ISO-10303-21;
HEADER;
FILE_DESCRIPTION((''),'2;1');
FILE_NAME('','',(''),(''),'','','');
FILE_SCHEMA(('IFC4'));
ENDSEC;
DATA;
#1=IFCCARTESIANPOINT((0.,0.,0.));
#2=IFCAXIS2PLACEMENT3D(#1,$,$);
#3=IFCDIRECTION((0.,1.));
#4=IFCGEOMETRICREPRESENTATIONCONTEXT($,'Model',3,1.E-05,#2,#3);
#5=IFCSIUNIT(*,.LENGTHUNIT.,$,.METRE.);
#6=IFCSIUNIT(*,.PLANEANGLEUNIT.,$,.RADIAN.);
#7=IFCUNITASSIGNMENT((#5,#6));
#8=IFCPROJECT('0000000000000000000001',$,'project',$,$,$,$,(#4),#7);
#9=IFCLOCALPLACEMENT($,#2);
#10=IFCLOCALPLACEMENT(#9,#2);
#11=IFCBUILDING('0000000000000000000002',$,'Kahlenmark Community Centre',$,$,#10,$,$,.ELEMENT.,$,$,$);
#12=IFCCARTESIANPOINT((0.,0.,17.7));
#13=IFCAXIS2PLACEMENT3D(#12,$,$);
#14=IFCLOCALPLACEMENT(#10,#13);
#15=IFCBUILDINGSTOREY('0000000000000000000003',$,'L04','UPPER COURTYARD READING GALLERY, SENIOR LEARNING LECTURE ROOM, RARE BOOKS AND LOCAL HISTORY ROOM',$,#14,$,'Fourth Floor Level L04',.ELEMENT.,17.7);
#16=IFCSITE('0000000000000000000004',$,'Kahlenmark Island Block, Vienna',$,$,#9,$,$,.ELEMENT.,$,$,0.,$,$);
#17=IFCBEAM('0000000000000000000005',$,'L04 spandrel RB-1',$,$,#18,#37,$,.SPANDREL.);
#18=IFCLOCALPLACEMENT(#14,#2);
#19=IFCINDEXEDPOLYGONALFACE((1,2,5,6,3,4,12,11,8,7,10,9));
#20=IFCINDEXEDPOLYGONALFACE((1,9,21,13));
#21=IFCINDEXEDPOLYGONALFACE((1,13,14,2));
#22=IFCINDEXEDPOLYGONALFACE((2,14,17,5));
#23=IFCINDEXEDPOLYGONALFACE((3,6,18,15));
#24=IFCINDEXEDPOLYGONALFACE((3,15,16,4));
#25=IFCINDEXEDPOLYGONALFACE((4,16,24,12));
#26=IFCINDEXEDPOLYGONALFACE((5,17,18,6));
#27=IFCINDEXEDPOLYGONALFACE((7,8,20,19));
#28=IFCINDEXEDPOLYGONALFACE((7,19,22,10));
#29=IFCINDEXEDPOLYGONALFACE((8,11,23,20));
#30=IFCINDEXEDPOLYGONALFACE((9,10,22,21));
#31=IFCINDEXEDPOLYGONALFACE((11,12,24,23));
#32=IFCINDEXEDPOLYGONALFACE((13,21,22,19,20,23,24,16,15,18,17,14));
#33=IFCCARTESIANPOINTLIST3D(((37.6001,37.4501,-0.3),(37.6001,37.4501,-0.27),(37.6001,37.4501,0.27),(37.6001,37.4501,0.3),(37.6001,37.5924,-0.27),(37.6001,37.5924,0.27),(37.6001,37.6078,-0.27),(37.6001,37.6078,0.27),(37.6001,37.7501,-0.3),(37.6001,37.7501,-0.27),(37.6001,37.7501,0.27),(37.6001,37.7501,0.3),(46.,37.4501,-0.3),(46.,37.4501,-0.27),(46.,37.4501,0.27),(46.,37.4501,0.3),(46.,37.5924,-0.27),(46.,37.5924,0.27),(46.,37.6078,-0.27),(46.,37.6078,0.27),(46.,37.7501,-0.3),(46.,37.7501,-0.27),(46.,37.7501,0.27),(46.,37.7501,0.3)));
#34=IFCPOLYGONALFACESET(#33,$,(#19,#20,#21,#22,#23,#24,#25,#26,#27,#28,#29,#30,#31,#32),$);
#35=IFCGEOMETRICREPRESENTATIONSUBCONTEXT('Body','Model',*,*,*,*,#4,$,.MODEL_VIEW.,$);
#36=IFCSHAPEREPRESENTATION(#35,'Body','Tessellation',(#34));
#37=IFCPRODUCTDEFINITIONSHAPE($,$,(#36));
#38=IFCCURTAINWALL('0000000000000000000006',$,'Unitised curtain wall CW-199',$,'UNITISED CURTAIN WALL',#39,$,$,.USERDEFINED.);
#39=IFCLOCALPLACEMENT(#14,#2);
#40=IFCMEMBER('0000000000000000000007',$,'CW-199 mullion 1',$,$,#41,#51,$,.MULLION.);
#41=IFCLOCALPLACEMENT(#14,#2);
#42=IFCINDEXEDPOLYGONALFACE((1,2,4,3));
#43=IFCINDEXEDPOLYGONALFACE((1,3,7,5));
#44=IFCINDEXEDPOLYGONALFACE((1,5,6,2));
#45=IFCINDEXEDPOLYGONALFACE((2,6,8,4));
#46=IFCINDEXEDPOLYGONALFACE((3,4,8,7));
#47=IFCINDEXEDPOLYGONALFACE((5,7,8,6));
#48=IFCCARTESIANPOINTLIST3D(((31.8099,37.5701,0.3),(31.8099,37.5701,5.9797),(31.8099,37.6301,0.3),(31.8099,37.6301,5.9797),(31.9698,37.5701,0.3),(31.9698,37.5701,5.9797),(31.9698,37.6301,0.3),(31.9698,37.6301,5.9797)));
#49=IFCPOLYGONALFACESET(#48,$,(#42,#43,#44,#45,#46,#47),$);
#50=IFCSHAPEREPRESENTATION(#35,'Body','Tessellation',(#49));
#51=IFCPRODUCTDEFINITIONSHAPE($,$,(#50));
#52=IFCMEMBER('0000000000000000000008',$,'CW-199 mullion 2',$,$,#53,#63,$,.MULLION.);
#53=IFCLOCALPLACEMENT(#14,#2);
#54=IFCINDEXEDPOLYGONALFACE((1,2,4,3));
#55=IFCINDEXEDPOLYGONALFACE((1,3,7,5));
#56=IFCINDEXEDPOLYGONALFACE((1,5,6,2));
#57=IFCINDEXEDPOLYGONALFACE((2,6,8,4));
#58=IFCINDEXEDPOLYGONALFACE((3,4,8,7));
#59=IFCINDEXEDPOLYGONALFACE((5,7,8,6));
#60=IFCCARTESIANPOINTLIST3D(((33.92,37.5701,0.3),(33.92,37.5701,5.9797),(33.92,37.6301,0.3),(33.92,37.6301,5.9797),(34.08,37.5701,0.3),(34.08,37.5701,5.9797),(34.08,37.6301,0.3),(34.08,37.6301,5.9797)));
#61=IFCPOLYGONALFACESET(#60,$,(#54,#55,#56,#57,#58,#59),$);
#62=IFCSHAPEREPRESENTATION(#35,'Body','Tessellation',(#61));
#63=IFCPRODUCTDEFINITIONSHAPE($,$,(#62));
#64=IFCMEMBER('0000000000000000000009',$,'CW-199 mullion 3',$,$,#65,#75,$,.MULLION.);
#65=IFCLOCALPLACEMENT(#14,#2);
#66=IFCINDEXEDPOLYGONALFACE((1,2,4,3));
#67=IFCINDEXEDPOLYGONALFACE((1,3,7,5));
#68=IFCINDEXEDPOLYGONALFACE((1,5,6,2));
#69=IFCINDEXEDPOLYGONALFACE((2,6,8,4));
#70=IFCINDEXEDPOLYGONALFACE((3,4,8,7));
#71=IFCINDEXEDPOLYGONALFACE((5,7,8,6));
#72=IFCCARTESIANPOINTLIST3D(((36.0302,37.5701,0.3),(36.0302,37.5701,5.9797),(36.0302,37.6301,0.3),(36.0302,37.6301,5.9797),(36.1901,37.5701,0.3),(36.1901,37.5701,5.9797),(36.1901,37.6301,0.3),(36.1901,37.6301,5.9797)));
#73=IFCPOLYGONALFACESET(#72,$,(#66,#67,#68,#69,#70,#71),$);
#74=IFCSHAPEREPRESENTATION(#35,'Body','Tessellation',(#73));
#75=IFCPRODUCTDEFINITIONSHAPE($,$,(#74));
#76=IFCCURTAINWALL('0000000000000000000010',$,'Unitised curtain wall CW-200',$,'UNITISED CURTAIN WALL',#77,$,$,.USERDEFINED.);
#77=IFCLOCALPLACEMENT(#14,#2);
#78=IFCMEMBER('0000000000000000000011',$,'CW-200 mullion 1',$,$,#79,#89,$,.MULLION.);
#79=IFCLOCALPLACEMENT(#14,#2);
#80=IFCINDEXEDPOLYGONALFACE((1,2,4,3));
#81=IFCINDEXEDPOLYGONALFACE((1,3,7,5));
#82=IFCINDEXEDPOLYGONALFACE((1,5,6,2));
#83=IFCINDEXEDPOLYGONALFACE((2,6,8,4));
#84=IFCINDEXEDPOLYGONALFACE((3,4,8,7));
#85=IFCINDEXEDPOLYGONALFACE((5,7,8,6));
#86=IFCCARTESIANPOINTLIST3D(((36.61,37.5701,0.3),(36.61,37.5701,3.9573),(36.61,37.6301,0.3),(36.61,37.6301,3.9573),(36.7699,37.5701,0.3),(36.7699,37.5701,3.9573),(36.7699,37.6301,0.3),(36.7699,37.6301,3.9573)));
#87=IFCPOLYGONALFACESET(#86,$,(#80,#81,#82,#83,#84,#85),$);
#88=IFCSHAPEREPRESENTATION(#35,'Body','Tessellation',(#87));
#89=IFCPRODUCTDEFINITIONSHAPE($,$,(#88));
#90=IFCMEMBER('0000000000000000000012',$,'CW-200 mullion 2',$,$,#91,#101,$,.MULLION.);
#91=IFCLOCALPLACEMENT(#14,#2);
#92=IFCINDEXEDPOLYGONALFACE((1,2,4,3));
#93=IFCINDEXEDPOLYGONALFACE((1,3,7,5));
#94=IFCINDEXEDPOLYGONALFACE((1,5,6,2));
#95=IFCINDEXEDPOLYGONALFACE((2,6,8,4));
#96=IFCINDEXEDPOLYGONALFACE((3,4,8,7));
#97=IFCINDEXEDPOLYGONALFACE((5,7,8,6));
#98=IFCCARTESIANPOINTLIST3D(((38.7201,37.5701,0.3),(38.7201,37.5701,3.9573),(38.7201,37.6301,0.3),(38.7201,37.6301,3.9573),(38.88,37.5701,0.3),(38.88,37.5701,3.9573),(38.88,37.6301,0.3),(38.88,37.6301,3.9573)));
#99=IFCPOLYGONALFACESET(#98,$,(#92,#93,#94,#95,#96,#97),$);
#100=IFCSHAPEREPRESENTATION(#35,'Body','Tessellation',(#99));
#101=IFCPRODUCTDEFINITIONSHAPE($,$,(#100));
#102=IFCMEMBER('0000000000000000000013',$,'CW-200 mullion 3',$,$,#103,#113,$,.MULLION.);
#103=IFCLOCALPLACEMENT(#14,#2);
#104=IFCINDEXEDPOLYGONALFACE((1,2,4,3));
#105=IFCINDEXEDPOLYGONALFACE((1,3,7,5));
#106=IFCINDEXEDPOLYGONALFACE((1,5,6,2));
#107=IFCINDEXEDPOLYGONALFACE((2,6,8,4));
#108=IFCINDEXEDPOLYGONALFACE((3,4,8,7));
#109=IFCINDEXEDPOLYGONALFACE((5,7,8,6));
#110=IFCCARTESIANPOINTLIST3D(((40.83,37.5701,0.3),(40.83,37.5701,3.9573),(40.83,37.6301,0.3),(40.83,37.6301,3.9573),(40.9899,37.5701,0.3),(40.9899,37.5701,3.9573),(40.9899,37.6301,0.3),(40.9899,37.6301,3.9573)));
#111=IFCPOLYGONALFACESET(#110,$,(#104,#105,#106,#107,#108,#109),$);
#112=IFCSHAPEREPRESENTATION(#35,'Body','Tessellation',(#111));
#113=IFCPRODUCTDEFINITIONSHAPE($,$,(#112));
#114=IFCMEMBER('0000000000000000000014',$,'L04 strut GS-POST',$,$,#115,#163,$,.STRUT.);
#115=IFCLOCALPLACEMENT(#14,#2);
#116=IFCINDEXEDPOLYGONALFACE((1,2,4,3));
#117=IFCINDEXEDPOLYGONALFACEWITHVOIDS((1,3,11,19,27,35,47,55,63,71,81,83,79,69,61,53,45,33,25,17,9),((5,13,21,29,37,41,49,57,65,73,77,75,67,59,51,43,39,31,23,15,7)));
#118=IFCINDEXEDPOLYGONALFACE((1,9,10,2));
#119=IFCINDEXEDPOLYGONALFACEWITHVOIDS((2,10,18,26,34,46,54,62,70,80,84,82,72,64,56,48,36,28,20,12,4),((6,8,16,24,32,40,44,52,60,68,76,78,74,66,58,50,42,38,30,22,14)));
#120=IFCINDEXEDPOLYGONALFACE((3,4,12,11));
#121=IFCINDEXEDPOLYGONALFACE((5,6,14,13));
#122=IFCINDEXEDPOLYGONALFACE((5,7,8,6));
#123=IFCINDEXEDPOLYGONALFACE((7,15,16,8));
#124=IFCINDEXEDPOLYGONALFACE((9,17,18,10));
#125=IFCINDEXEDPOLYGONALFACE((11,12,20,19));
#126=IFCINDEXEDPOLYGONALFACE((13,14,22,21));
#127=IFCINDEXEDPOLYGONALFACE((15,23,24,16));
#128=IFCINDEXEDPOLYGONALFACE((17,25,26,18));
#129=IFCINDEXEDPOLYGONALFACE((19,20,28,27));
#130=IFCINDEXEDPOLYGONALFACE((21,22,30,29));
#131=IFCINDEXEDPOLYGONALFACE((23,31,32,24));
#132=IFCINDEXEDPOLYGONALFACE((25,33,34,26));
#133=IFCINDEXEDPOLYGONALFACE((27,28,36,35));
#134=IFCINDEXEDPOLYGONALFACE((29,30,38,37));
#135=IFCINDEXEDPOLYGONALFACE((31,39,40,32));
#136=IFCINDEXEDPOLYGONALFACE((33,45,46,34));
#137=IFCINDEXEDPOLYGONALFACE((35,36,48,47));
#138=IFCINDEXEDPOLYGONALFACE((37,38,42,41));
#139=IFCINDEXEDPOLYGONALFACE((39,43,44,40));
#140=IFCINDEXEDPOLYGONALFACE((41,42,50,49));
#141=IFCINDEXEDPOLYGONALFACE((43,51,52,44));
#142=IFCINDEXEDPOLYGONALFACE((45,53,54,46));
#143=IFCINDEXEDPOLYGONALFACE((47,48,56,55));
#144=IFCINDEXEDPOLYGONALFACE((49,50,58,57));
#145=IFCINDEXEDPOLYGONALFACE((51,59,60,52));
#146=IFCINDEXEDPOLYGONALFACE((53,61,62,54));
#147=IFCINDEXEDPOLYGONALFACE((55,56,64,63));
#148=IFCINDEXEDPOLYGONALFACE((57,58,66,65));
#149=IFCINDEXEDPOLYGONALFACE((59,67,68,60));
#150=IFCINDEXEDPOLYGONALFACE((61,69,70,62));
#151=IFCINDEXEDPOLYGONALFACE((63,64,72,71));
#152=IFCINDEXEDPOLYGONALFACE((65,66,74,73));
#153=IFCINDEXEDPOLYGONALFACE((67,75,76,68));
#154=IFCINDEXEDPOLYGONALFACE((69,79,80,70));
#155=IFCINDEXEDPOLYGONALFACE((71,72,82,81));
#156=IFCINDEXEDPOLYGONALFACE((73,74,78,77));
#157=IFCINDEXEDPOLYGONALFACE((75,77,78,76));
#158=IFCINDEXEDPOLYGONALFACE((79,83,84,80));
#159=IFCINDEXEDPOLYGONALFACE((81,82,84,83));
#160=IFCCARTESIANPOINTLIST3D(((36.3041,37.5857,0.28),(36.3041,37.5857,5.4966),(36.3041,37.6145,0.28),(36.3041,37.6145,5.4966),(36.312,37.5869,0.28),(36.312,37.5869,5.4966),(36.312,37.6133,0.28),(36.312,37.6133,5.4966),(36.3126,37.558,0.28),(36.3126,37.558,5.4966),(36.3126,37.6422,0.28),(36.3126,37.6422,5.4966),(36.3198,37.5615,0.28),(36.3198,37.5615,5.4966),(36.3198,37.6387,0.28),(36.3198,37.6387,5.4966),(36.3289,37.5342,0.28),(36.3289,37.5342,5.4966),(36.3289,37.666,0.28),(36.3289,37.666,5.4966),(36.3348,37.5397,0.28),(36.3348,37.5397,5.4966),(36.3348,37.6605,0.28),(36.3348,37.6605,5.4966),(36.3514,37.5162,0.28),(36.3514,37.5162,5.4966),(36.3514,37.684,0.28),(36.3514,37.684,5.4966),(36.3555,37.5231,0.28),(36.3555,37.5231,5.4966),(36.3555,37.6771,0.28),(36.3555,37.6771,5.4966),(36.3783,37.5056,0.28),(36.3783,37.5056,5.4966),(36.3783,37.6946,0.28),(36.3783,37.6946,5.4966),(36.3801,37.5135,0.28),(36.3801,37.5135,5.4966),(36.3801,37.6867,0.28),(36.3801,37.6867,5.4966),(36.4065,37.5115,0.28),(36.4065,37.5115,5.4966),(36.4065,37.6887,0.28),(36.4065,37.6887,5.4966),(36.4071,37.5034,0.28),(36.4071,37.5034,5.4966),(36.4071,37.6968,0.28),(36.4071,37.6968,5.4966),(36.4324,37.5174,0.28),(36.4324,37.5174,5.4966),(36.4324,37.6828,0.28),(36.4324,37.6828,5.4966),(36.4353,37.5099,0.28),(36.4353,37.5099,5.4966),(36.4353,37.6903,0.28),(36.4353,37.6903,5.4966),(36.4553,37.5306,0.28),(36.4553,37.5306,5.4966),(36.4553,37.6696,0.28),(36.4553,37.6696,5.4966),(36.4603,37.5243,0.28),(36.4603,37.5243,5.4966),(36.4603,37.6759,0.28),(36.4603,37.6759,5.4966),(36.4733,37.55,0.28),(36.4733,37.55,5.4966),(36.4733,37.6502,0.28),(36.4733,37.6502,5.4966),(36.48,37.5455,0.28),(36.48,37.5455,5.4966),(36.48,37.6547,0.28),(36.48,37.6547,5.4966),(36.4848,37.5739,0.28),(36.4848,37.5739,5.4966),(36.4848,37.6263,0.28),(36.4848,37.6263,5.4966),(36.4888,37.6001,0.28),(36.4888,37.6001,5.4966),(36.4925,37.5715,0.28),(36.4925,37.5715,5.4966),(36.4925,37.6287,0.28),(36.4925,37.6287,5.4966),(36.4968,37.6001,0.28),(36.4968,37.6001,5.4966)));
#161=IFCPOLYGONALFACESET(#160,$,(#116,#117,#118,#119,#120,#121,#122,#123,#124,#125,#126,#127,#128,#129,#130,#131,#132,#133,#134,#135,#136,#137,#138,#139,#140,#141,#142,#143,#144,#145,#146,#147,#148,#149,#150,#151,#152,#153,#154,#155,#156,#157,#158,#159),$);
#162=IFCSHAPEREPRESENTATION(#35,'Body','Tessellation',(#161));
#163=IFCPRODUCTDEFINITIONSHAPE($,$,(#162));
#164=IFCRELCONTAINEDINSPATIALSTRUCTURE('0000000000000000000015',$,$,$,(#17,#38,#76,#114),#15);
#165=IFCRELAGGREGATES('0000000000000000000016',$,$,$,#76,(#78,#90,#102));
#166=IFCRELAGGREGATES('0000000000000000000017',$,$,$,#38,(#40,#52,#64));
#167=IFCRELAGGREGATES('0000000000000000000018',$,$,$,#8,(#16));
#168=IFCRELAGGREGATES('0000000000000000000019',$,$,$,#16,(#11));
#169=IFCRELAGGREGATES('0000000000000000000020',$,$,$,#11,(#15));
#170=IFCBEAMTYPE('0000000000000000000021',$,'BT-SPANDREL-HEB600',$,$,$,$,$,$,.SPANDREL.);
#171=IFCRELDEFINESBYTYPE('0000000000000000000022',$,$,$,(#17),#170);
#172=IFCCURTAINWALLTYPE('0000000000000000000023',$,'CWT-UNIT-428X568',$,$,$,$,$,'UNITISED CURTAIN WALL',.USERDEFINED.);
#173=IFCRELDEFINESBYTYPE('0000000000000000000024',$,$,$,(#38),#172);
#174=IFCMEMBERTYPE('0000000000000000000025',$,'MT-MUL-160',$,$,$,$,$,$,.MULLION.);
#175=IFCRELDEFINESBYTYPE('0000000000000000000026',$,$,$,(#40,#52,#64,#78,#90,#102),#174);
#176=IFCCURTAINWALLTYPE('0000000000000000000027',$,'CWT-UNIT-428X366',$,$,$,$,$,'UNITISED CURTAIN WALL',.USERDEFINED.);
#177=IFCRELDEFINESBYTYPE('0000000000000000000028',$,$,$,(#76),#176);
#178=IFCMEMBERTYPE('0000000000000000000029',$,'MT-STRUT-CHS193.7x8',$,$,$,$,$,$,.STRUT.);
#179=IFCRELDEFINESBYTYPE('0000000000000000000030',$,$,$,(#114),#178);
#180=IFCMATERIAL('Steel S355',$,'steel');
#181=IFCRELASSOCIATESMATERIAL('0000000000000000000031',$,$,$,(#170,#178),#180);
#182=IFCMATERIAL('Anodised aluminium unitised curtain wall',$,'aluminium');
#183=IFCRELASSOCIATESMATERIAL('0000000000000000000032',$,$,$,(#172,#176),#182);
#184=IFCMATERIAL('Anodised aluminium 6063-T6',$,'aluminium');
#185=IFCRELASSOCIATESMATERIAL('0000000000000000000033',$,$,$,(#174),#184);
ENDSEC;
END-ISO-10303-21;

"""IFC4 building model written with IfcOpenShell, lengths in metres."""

from ifc_helpers import new_model, si_unit, direction, frame, origin, origin_2d, place, context, subcontext, project, spatial, rectangle, hollow_circle, i_section, extrude, material, material_profile, profile_set, type_object, element, aggregate, save


model = new_model("IFC4")

# Units and contexts
model_context = context("Model", 3, precision=1e-05, world=origin(), true_north=direction((0.0, 1.0)))
body_context = subcontext(model_context, "Body", "Model", "MODEL_VIEW")
ifc_project = project(units=[si_unit("LENGTHUNIT", "METRE"), si_unit("PLANEANGLEUNIT", "RADIAN")], contexts=[model_context])

# Site, building, storey
site_placement = place(None, origin())
site = spatial("IfcSite", under=ifc_project, at=site_placement, Name="Kahlenmark Island Block, Vienna", CompositionType="ELEMENT", RefElevation=0.0)
building_placement = place(site_placement, origin())
building = spatial("IfcBuilding", under=site, at=building_placement, Name="Kahlenmark Community Centre", CompositionType="ELEMENT")
storey_placement = place(building_placement, frame((0.0, 0.0, 17.7)))
storey = spatial("IfcBuildingStorey", under=building, at=storey_placement, Name="L04", Description="UPPER COURTYARD READING GALLERY, SENIOR LEARNING LECTURE ROOM, RARE BOOKS AND LOCAL HISTORY ROOM", LongName="Fourth Floor Level L04", CompositionType="ELEMENT", Elevation=17.7)

# Beam
ifc_material_1 = material(Name="Steel S355", Category="steel")
ifc_material_profile_1 = material_profile(ifc_material_1, i_section(OverallWidth=0.3, OverallDepth=0.6001, WebThickness=0.0154, FlangeThickness=0.03, at=origin_2d()), Name="HEB 600")
ifc_profile_set_1 = profile_set([ifc_material_profile_1], Name="Steel S355")
beam_type = type_object("IfcBeamType", Name="BT-SPANDREL-HEB600", PredefinedType="SPANDREL", material=ifc_profile_set_1)
beam_placement = place(storey_placement, frame((37.6001, 37.6001, 0.0), z_axis=(1.0, 0.0, 0.0), x_axis=(0.0, 1.0, 0.0)))
element("IfcBeam", 1, at=beam_placement, inside=storey, type_object=beam_type, Name="L04 spandrel RB-1", PredefinedType="SPANDREL", context=body_context, shape_type="SweptSolid", body=[
    extrude(i_section(OverallWidth=0.3, OverallDepth=0.6001, WebThickness=0.0154, FlangeThickness=0.03, at=origin_2d()), origin(), (0.0, 0.0, 1.0), 8.3999),
])

# Curtain walls, members
ifc_material_2 = material(Name="Anodised aluminium unitised curtain wall", Category="aluminium")
curtain_wall_type_1 = type_object("IfcCurtainWallType", Name="CWT-UNIT-428X568", ElementType="UNITISED CURTAIN WALL", PredefinedType="USERDEFINED", material=ifc_material_2)
curtain_wall_1_placement = place(storey_placement, origin())
curtain_wall_1 = element("IfcCurtainWall", 2, at=curtain_wall_1_placement, inside=storey, type_object=curtain_wall_type_1, Name="Unitised curtain wall CW-199", ObjectType="UNITISED CURTAIN WALL", PredefinedType="USERDEFINED")
ifc_material_3 = material(Name="Anodised aluminium 6063-T6", Category="aluminium")
ifc_material_profile_2 = material_profile(ifc_material_3, rectangle(XDim=0.0601, YDim=0.1599, at=origin_2d()), Name="ALU MULLION 60x160")
ifc_profile_set_2 = profile_set([ifc_material_profile_2], Name="Anodised aluminium 6063-T6")
member_type_1 = type_object("IfcMemberType", Name="MT-MUL-160", PredefinedType="MULLION", material=ifc_profile_set_2)
member_1_placement = place(storey_placement, frame((31.8899, 37.6001, 0.3), z_axis=(0.0, 0.0, 1.0), x_axis=(0.0, 1.0, 0.0)))
member_1 = element("IfcMember", 3, at=member_1_placement, type_object=member_type_1, Name="CW-199 mullion 1", PredefinedType="MULLION", context=body_context, shape_type="SweptSolid", body=[
    extrude(rectangle(XDim=0.0601, YDim=0.1599, at=origin_2d()), origin(), (0.0, 0.0, 1.0), 5.6797),
])
member_2_placement = place(storey_placement, frame((34.0, 37.6001, 0.3), z_axis=(0.0, 0.0, 1.0), x_axis=(0.0, 1.0, 0.0)))
member_2 = element("IfcMember", 4, at=member_2_placement, type_object=member_type_1, Name="CW-199 mullion 2", PredefinedType="MULLION", context=body_context, shape_type="SweptSolid", body=[
    extrude(rectangle(XDim=0.0601, YDim=0.1599, at=origin_2d()), origin(), (0.0, 0.0, 1.0), 5.6797),
])
member_3_placement = place(storey_placement, frame((36.1101, 37.6001, 0.3), z_axis=(0.0, 0.0, 1.0), x_axis=(0.0, 1.0, 0.0)))
member_3 = element("IfcMember", 5, at=member_3_placement, type_object=member_type_1, Name="CW-199 mullion 3", PredefinedType="MULLION", context=body_context, shape_type="SweptSolid", body=[
    extrude(rectangle(XDim=0.0601, YDim=0.1599, at=origin_2d()), origin(), (0.0, 0.0, 1.0), 5.6797),
])
curtain_wall_type_2 = type_object("IfcCurtainWallType", Name="CWT-UNIT-428X366", ElementType="UNITISED CURTAIN WALL", PredefinedType="USERDEFINED", material=ifc_material_2)
curtain_wall_2_placement = place(storey_placement, origin())
curtain_wall_2 = element("IfcCurtainWall", 6, at=curtain_wall_2_placement, inside=storey, type_object=curtain_wall_type_2, Name="Unitised curtain wall CW-200", ObjectType="UNITISED CURTAIN WALL", PredefinedType="USERDEFINED")
member_4_placement = place(storey_placement, frame((36.6899, 37.6001, 0.3), z_axis=(0.0, 0.0, 1.0), x_axis=(0.0, 1.0, 0.0)))
member_4 = element("IfcMember", 7, at=member_4_placement, type_object=member_type_1, Name="CW-200 mullion 1", PredefinedType="MULLION", context=body_context, shape_type="SweptSolid", body=[
    extrude(rectangle(XDim=0.0601, YDim=0.1599, at=origin_2d()), origin(), (0.0, 0.0, 1.0), 3.6572),
])
member_5_placement = place(storey_placement, frame((38.8, 37.6001, 0.3), z_axis=(0.0, 0.0, 1.0), x_axis=(0.0, 1.0, 0.0)))
member_5 = element("IfcMember", 8, at=member_5_placement, type_object=member_type_1, Name="CW-200 mullion 2", PredefinedType="MULLION", context=body_context, shape_type="SweptSolid", body=[
    extrude(rectangle(XDim=0.0601, YDim=0.1599, at=origin_2d()), origin(), (0.0, 0.0, 1.0), 3.6572),
])
member_6_placement = place(storey_placement, frame((40.9099, 37.6001, 0.3), z_axis=(0.0, 0.0, 1.0), x_axis=(0.0, 1.0, 0.0)))
member_6 = element("IfcMember", 9, at=member_6_placement, type_object=member_type_1, Name="CW-200 mullion 3", PredefinedType="MULLION", context=body_context, shape_type="SweptSolid", body=[
    extrude(rectangle(XDim=0.0601, YDim=0.1599, at=origin_2d()), origin(), (0.0, 0.0, 1.0), 3.6572),
])

# Member
ifc_material_profile_3 = material_profile(ifc_material_1, hollow_circle(Radius=0.0969, WallThickness=0.0081, at=origin_2d()), Name="CHS 193.7x8")
ifc_profile_set_3 = profile_set([ifc_material_profile_3], Name="Steel S355")
member_type_2 = type_object("IfcMemberType", Name="MT-STRUT-CHS193.7x8", PredefinedType="STRUT", material=ifc_profile_set_3)
member_7_placement = place(storey_placement, frame((36.3999, 37.6001, 0.28), z_axis=(0.0, 0.0, 1.0), x_axis=(1.0, 0.0, 0.0)))
element("IfcMember", 10, at=member_7_placement, inside=storey, type_object=member_type_2, Name="L04 strut GS-POST", PredefinedType="STRUT", context=body_context, shape_type="SweptSolid", body=[
    extrude(hollow_circle(Radius=0.0969, WallThickness=0.0081, at=origin_2d()), origin(), (0.0, 0.0, 1.0), 5.2166),
])

aggregate(curtain_wall_2, [member_4, member_5, member_6])
aggregate(curtain_wall_1, [member_1, member_2, member_3])

save(model, "model.ifc")
